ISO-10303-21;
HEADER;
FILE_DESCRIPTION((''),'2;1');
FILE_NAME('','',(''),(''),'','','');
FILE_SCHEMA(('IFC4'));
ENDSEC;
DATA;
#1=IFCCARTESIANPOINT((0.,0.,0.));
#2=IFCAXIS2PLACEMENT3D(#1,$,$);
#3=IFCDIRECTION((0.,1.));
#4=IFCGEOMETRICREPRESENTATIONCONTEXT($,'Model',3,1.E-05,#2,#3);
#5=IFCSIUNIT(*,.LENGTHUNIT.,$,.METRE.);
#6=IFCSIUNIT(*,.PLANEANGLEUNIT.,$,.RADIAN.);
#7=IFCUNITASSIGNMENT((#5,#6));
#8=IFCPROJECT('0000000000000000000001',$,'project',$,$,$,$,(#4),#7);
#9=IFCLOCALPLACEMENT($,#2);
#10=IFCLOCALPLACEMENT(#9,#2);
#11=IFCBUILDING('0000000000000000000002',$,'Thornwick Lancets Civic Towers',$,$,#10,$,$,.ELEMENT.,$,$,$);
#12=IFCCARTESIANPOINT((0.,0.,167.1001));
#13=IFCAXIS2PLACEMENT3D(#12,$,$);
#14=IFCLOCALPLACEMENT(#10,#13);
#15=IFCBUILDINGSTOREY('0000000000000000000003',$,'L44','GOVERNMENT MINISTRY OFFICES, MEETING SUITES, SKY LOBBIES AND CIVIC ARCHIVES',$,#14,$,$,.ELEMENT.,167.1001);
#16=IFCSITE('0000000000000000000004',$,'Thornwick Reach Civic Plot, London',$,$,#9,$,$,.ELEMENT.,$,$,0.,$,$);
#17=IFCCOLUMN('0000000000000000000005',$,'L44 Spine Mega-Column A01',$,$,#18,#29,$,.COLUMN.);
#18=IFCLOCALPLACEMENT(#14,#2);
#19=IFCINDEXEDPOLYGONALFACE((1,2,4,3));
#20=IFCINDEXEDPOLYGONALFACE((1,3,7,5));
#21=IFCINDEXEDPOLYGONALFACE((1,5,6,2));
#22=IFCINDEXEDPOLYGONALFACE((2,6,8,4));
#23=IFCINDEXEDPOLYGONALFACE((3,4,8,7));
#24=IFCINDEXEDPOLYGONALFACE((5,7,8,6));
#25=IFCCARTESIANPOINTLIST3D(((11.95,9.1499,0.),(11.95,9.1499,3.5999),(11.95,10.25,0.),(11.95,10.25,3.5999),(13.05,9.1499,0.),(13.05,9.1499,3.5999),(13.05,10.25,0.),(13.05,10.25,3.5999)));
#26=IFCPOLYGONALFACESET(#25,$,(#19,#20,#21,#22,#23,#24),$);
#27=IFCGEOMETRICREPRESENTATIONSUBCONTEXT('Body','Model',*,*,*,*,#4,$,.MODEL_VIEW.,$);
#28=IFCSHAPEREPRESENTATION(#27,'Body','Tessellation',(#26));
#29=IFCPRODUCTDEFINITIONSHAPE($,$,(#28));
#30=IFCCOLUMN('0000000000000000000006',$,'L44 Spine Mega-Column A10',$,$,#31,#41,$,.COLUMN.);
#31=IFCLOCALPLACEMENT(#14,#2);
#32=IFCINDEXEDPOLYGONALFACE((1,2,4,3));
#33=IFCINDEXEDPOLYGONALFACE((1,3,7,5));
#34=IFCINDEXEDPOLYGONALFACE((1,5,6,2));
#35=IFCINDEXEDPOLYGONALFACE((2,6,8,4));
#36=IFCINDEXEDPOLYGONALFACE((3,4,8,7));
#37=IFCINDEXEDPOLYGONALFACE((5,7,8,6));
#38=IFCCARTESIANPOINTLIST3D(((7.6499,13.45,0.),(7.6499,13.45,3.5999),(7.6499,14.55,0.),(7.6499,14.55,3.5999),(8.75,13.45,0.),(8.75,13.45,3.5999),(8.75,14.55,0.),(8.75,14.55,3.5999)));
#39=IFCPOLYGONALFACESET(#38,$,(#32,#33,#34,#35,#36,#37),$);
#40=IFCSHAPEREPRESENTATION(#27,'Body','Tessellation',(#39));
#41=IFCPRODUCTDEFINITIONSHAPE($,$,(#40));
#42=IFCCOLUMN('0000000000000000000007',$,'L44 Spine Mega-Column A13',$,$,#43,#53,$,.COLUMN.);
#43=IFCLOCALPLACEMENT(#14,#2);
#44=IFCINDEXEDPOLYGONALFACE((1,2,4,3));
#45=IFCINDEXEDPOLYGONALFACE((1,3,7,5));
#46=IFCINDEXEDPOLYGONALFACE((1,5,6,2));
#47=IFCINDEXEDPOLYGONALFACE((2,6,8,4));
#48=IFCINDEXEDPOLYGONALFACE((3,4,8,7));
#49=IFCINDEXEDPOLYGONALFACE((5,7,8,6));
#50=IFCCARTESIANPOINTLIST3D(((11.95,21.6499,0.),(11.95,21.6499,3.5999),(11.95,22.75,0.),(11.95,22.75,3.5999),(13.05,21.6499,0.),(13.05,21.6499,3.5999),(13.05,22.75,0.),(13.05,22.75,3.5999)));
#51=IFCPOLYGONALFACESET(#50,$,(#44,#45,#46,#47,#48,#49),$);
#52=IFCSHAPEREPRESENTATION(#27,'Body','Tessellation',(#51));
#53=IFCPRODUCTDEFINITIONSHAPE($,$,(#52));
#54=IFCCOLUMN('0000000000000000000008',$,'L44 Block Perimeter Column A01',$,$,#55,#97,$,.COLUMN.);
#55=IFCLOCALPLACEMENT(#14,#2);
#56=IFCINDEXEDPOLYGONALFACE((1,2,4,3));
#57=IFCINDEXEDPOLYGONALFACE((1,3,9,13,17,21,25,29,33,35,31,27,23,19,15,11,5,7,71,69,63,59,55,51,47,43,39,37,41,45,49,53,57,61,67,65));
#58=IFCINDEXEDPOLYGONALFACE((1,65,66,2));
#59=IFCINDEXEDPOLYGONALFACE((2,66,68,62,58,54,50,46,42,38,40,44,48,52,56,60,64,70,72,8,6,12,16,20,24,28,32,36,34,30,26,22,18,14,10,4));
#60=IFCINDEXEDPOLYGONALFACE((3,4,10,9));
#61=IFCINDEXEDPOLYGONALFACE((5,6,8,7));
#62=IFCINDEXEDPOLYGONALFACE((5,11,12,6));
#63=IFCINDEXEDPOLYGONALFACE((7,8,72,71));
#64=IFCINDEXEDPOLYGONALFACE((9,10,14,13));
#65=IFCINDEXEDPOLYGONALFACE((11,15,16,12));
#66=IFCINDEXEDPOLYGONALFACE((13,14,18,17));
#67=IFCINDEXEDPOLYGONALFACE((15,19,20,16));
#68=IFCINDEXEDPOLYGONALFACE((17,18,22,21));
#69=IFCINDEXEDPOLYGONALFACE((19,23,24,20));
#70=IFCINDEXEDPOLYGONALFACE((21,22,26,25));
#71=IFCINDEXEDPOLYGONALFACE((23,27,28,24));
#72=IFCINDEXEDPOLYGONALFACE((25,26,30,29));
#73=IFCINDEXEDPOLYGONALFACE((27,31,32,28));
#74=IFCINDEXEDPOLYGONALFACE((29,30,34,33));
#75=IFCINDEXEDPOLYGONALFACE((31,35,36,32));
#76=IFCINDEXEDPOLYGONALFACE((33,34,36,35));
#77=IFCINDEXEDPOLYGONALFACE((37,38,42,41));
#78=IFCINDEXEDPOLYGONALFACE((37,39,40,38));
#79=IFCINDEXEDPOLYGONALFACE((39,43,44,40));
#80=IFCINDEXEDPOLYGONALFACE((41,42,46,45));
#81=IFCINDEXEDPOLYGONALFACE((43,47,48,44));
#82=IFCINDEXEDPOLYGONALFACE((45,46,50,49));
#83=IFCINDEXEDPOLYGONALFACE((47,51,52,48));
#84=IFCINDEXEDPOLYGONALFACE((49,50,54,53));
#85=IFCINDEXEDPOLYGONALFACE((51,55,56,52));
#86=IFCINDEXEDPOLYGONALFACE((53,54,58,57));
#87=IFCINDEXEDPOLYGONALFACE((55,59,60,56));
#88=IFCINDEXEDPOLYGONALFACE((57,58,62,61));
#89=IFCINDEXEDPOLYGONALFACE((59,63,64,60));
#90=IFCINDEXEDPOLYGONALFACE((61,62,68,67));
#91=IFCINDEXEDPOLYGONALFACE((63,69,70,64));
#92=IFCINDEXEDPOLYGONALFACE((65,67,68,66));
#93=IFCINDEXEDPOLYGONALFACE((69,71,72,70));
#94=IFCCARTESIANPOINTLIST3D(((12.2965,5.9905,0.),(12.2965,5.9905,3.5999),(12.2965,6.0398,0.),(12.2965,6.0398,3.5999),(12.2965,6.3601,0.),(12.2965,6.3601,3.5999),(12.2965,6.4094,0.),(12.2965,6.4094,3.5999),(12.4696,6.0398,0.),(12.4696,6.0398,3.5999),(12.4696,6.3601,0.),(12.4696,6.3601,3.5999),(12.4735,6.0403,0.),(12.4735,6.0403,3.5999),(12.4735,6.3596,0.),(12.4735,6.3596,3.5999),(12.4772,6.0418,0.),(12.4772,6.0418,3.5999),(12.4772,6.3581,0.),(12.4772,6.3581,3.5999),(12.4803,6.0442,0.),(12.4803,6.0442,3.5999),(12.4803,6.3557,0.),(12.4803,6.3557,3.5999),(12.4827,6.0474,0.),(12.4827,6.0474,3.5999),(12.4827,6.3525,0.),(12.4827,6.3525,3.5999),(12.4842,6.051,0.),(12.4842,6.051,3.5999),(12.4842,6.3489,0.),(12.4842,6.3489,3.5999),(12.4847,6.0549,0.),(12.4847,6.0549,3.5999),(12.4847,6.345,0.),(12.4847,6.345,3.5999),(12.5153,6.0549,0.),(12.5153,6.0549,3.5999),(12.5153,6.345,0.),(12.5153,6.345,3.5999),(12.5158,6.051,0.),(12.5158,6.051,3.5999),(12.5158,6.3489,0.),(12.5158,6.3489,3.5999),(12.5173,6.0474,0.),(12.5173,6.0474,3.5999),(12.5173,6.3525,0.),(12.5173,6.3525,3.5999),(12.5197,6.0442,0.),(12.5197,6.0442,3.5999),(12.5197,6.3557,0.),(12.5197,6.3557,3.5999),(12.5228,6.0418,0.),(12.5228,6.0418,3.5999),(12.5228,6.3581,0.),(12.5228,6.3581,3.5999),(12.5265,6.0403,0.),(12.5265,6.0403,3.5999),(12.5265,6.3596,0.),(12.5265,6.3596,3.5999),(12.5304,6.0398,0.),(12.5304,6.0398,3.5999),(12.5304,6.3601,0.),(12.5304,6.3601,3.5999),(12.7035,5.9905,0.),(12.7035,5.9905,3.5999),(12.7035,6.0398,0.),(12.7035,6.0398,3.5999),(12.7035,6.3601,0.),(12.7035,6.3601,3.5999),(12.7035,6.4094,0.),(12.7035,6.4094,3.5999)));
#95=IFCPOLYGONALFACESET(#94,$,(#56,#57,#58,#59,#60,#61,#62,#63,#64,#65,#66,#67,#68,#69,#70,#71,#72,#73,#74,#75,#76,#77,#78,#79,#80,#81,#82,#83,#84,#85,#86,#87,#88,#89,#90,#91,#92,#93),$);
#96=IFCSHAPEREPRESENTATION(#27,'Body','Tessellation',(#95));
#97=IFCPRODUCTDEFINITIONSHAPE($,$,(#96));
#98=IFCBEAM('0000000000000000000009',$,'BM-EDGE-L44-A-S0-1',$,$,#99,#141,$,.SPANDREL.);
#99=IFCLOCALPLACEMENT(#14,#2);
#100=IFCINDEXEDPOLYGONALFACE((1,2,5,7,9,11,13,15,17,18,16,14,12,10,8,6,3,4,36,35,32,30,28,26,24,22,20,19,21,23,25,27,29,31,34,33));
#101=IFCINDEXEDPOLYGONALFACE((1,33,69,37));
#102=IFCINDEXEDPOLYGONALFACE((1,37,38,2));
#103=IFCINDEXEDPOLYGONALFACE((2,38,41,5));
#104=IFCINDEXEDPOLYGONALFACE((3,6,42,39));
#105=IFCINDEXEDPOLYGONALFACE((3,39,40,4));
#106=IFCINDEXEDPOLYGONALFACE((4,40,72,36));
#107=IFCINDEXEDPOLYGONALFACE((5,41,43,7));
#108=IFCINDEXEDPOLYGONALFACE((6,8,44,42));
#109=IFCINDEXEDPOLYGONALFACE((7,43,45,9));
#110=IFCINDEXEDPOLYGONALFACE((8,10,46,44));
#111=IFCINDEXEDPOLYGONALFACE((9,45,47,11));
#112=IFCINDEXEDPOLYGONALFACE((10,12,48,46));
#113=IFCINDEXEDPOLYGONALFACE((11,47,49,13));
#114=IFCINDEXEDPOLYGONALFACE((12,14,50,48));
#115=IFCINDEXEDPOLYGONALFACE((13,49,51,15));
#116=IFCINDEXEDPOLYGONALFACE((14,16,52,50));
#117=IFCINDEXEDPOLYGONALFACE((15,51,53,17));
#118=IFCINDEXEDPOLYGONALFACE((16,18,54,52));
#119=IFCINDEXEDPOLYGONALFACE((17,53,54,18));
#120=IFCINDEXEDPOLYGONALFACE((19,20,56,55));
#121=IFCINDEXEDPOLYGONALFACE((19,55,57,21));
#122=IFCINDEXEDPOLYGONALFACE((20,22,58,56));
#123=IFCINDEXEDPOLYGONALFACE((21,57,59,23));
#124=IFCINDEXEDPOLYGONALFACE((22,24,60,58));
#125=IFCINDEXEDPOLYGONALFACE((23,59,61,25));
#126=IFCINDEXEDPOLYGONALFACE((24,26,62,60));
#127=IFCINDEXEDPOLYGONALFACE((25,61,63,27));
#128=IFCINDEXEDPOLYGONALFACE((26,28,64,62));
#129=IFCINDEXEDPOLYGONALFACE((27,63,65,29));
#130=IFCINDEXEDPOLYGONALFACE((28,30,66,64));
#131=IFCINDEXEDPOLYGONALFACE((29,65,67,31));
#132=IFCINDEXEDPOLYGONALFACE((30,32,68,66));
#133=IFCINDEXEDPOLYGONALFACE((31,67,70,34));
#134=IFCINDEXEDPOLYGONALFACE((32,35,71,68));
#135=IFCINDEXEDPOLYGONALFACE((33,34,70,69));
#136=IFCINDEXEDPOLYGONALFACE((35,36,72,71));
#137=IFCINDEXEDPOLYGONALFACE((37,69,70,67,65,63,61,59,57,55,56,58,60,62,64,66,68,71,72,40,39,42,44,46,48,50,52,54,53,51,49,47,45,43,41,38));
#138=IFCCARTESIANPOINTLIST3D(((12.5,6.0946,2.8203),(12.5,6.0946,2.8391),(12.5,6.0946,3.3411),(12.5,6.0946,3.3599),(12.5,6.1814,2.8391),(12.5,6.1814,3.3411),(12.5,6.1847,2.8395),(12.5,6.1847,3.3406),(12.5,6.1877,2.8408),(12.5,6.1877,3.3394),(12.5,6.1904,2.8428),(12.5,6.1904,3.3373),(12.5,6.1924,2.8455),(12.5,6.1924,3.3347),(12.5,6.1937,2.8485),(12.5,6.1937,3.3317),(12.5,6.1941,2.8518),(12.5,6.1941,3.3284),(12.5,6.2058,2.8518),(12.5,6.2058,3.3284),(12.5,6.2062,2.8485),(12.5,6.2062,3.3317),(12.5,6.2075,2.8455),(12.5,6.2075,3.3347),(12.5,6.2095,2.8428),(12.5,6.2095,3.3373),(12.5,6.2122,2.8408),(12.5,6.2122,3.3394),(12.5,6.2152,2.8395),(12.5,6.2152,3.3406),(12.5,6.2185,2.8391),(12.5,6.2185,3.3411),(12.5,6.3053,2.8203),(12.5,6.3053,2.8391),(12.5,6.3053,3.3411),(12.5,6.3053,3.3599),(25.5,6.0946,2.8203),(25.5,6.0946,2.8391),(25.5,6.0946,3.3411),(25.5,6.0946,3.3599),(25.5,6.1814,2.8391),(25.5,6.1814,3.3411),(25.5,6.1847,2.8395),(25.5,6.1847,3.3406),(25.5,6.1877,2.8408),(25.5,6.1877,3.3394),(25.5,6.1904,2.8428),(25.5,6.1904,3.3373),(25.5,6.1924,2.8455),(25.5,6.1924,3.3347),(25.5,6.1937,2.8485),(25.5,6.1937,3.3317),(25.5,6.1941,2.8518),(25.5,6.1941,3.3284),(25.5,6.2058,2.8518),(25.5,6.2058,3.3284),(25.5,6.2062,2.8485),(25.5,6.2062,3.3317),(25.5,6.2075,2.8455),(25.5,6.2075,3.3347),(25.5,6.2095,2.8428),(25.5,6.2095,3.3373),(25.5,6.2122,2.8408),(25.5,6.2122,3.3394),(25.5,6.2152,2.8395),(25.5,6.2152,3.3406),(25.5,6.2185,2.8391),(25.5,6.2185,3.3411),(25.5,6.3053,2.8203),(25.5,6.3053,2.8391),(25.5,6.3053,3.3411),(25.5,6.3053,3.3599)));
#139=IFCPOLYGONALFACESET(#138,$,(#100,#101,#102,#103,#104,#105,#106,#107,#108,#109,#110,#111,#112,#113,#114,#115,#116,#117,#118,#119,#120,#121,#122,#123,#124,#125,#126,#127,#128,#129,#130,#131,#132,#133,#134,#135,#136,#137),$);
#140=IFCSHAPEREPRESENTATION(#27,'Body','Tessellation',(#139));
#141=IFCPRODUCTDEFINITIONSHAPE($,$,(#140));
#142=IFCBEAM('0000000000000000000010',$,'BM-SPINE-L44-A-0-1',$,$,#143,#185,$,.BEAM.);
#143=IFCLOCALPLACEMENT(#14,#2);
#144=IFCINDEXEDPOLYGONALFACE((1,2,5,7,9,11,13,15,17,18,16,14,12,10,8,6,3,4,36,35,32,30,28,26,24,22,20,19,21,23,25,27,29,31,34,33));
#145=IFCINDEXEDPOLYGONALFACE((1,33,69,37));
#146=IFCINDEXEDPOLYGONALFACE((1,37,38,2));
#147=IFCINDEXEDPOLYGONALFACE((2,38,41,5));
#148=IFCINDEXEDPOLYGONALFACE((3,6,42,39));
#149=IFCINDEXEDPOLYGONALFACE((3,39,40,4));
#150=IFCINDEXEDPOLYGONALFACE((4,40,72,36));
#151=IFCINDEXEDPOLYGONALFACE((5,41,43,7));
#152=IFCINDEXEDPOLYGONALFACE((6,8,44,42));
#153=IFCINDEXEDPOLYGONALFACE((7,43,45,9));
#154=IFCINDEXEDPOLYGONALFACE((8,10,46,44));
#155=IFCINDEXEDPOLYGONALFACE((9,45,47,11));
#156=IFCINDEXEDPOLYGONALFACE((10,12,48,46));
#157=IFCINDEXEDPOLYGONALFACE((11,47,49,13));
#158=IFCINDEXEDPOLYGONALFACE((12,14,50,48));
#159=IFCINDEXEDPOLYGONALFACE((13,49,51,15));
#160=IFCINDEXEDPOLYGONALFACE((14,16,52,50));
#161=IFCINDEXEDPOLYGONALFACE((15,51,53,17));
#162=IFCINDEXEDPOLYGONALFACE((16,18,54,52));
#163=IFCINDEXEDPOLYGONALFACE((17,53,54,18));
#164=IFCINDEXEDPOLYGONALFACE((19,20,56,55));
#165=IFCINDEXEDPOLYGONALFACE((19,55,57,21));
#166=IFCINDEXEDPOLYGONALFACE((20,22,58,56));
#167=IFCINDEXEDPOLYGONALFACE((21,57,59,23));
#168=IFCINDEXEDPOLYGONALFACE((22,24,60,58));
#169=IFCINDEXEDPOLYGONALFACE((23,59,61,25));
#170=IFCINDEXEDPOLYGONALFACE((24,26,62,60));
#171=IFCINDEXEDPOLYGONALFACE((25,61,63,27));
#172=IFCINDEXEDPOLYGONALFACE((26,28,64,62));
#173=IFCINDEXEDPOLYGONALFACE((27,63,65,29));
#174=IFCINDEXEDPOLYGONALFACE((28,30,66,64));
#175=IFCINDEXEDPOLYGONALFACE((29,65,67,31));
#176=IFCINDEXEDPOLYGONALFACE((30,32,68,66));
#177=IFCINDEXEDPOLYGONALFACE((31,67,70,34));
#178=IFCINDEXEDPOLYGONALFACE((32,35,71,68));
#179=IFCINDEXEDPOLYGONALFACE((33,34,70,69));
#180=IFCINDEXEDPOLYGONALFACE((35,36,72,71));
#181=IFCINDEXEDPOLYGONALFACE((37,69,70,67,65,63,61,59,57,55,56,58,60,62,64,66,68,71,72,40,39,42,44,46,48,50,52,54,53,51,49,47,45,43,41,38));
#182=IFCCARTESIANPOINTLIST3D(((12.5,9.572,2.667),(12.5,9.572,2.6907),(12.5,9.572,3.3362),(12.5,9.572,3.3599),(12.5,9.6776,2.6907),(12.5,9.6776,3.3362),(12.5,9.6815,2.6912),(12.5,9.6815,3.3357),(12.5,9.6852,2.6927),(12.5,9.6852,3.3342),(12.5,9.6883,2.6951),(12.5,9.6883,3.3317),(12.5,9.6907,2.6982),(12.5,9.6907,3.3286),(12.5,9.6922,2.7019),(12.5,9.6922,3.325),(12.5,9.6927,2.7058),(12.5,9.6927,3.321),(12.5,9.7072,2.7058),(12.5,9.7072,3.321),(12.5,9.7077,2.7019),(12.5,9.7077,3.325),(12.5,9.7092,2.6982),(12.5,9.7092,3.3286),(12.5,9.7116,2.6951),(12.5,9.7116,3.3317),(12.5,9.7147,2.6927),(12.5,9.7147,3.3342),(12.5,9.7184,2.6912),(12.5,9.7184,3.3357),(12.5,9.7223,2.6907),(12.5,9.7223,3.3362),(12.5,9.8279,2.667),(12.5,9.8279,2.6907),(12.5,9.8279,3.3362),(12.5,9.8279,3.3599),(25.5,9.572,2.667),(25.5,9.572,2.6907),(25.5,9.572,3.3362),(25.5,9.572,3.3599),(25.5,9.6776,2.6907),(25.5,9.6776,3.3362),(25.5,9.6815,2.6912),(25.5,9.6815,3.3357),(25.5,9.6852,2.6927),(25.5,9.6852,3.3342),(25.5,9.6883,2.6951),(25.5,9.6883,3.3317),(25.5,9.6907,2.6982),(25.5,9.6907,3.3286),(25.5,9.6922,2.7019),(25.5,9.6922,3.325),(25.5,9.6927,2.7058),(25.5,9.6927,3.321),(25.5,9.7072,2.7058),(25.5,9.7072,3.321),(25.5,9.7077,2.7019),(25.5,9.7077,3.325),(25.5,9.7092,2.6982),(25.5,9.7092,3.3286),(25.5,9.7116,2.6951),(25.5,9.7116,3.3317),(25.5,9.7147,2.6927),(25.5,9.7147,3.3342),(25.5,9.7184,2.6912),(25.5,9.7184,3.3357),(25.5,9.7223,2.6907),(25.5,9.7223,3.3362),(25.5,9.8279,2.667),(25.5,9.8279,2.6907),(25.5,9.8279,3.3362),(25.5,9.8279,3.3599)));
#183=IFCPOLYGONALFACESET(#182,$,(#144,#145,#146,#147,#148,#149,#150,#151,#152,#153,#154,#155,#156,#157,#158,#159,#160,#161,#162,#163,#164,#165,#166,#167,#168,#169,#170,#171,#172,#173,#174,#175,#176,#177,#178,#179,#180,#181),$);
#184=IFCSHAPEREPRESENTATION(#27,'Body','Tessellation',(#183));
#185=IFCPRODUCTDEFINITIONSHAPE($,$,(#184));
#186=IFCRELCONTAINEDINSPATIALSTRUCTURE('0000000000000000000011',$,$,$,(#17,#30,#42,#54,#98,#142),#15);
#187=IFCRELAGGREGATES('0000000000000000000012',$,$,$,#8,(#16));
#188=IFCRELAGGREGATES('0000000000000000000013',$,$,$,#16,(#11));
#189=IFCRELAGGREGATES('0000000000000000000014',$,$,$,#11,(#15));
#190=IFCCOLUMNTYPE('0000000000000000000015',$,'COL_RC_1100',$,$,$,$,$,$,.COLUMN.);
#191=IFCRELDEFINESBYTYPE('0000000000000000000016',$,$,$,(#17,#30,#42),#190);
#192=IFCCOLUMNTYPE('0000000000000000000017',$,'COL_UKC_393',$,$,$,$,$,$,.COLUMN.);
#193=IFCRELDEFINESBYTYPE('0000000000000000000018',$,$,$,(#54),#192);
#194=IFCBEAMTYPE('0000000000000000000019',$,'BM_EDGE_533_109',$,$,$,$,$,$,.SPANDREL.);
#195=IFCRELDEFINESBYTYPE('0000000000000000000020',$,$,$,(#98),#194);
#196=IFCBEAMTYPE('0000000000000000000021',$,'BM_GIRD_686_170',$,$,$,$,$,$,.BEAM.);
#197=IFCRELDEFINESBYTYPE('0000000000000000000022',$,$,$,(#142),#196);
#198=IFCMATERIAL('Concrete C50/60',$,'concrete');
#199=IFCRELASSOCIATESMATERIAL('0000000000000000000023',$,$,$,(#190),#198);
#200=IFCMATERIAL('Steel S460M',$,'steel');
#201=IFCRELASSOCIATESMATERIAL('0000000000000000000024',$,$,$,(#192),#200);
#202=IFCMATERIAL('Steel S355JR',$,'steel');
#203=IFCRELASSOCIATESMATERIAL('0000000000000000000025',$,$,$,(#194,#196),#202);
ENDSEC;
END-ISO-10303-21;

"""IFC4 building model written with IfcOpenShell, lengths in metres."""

from ifc_helpers import new_model, si_unit, direction, frame, origin, origin_2d, place, context, subcontext, project, spatial, rectangle, i_section, extrude, material, material_profile, profile_set, type_object, element, save


model = new_model("IFC4")

# Units and contexts
model_context = context("Model", 3, precision=1e-05, world=origin(), true_north=direction((0.0, 1.0)))
body_context = subcontext(model_context, "Body", "Model", "MODEL_VIEW")
ifc_project = project(units=[si_unit("LENGTHUNIT", "METRE"), si_unit("PLANEANGLEUNIT", "RADIAN")], contexts=[model_context])

# Site, building, storey
site_placement = place(None, origin())
site = spatial("IfcSite", under=ifc_project, at=site_placement, Name="Thornwick Reach Civic Plot, London", CompositionType="ELEMENT", RefElevation=0.0)
building_placement = place(site_placement, origin())
building = spatial("IfcBuilding", under=site, at=building_placement, Name="Thornwick Lancets Civic Towers", CompositionType="ELEMENT")
storey_placement = place(building_placement, frame((0.0, 0.0, 167.1001)))
storey = spatial("IfcBuildingStorey", under=building, at=storey_placement, Name="L44", Description="GOVERNMENT MINISTRY OFFICES, MEETING SUITES, SKY LOBBIES AND CIVIC ARCHIVES", CompositionType="ELEMENT", Elevation=167.1001)

# Columns
ifc_material_1 = material(Name="Concrete C50/60", Category="concrete")
ifc_material_profile_1 = material_profile(ifc_material_1, rectangle(XDim=1.1001, YDim=1.1001, at=origin_2d()), Name="RC 1100x1100")
ifc_profile_set_1 = profile_set([ifc_material_profile_1], Name="Concrete C50/60")
column_type_1 = type_object("IfcColumnType", Name="COL_RC_1100", PredefinedType="COLUMN", material=ifc_profile_set_1)
for number, where, z_axis, x_axis, name in (
    (1, (12.5, 9.7, 0.0), (0.0, 0.0, 1.0), (1.0, 0.0, 0.0), "L44 Spine Mega-Column A01"),
    (2, (8.2, 14.0, 0.0), (0.0, 0.0, 1.0), (1.0, 0.0, 0.0), "L44 Spine Mega-Column A10"),
    (3, (12.5, 22.2, 0.0), (0.0, 0.0, 1.0), (1.0, 0.0, 0.0), "L44 Spine Mega-Column A13"),
):
    element("IfcColumn", number, at=place(storey_placement, frame(where, z_axis=z_axis, x_axis=x_axis)), inside=storey, type_object=column_type_1, Name=name, PredefinedType="COLUMN", context=body_context, shape_type="SweptSolid", body=[
        extrude(rectangle(XDim=1.1001, YDim=1.1001, at=origin_2d()), origin(), (0.0, 0.0, 1.0), 3.5999),
    ])
ifc_material_2 = material(Name="Steel S460M", Category="steel")
ifc_material_profile_2 = material_profile(ifc_material_2, i_section(OverallWidth=0.407, OverallDepth=0.4189, WebThickness=0.0305, FlangeThickness=0.0493, FilletRadius=0.0151, at=origin_2d()), Name="UKC 356x406x393")
ifc_profile_set_2 = profile_set([ifc_material_profile_2], Name="Steel S460M")
column_type_2 = type_object("IfcColumnType", Name="COL_UKC_393", PredefinedType="COLUMN", material=ifc_profile_set_2)
column_placement = place(storey_placement, frame((12.5, 6.2, 0.0), z_axis=(0.0, 0.0, 1.0), x_axis=(1.0, 0.0, 0.0)))
element("IfcColumn", 4, at=column_placement, inside=storey, type_object=column_type_2, Name="L44 Block Perimeter Column A01", PredefinedType="COLUMN", context=body_context, shape_type="SweptSolid", body=[
    extrude(i_section(OverallWidth=0.407, OverallDepth=0.4189, WebThickness=0.0305, FlangeThickness=0.0493, FilletRadius=0.0151, at=origin_2d()), origin(), (0.0, 0.0, 1.0), 3.5999),
])

# Beams
ifc_material_3 = material(Name="Steel S355JR", Category="steel")
ifc_material_profile_3 = material_profile(ifc_material_3, i_section(OverallWidth=0.2107, OverallDepth=0.5396, WebThickness=0.0117, FlangeThickness=0.0188, FilletRadius=0.0127, at=origin_2d()), Name="UKB 533x210x109")
ifc_profile_set_3 = profile_set([ifc_material_profile_3], Name="Steel S355JR")
beam_type_1 = type_object("IfcBeamType", Name="BM_EDGE_533_109", PredefinedType="SPANDREL", material=ifc_profile_set_3)
beam_1_placement = place(storey_placement, frame((12.5, 6.2, 3.0901), z_axis=(1.0, 0.0, 0.0), x_axis=(0.0, 1.0, 0.0)))
element("IfcBeam", 5, at=beam_1_placement, inside=storey, type_object=beam_type_1, Name="BM-EDGE-L44-A-S0-1", PredefinedType="SPANDREL", context=body_context, shape_type="SweptSolid", body=[
    extrude(i_section(OverallWidth=0.2107, OverallDepth=0.5396, WebThickness=0.0117, FlangeThickness=0.0188, FilletRadius=0.0127, at=origin_2d()), origin(), (0.0, 0.0, 1.0), 13.0),
])
ifc_material_profile_4 = material_profile(ifc_material_3, i_section(OverallWidth=0.2559, OverallDepth=0.6929, WebThickness=0.0144, FlangeThickness=0.0237, FilletRadius=0.0151, at=origin_2d()), Name="UKB 686x254x170")
ifc_profile_set_4 = profile_set([ifc_material_profile_4], Name="Steel S355JR")
beam_type_2 = type_object("IfcBeamType", Name="BM_GIRD_686_170", PredefinedType="BEAM", material=ifc_profile_set_4)
for number, where, z_axis, x_axis, name in (
    (6, (12.5, 9.7, 3.0134), (1.0, 0.0, 0.0), (0.0, 1.0, 0.0), "BM-SPINE-L44-A-0-1"),
):
    element("IfcBeam", number, at=place(storey_placement, frame(where, z_axis=z_axis, x_axis=x_axis)), inside=storey, type_object=beam_type_2, Name=name, PredefinedType="BEAM", context=body_context, shape_type="SweptSolid", body=[
        extrude(i_section(OverallWidth=0.2559, OverallDepth=0.6929, WebThickness=0.0144, FlangeThickness=0.0237, FilletRadius=0.0151, at=origin_2d()), origin(), (0.0, 0.0, 1.0), 13.0),
    ])

save(model, "model.ifc")
